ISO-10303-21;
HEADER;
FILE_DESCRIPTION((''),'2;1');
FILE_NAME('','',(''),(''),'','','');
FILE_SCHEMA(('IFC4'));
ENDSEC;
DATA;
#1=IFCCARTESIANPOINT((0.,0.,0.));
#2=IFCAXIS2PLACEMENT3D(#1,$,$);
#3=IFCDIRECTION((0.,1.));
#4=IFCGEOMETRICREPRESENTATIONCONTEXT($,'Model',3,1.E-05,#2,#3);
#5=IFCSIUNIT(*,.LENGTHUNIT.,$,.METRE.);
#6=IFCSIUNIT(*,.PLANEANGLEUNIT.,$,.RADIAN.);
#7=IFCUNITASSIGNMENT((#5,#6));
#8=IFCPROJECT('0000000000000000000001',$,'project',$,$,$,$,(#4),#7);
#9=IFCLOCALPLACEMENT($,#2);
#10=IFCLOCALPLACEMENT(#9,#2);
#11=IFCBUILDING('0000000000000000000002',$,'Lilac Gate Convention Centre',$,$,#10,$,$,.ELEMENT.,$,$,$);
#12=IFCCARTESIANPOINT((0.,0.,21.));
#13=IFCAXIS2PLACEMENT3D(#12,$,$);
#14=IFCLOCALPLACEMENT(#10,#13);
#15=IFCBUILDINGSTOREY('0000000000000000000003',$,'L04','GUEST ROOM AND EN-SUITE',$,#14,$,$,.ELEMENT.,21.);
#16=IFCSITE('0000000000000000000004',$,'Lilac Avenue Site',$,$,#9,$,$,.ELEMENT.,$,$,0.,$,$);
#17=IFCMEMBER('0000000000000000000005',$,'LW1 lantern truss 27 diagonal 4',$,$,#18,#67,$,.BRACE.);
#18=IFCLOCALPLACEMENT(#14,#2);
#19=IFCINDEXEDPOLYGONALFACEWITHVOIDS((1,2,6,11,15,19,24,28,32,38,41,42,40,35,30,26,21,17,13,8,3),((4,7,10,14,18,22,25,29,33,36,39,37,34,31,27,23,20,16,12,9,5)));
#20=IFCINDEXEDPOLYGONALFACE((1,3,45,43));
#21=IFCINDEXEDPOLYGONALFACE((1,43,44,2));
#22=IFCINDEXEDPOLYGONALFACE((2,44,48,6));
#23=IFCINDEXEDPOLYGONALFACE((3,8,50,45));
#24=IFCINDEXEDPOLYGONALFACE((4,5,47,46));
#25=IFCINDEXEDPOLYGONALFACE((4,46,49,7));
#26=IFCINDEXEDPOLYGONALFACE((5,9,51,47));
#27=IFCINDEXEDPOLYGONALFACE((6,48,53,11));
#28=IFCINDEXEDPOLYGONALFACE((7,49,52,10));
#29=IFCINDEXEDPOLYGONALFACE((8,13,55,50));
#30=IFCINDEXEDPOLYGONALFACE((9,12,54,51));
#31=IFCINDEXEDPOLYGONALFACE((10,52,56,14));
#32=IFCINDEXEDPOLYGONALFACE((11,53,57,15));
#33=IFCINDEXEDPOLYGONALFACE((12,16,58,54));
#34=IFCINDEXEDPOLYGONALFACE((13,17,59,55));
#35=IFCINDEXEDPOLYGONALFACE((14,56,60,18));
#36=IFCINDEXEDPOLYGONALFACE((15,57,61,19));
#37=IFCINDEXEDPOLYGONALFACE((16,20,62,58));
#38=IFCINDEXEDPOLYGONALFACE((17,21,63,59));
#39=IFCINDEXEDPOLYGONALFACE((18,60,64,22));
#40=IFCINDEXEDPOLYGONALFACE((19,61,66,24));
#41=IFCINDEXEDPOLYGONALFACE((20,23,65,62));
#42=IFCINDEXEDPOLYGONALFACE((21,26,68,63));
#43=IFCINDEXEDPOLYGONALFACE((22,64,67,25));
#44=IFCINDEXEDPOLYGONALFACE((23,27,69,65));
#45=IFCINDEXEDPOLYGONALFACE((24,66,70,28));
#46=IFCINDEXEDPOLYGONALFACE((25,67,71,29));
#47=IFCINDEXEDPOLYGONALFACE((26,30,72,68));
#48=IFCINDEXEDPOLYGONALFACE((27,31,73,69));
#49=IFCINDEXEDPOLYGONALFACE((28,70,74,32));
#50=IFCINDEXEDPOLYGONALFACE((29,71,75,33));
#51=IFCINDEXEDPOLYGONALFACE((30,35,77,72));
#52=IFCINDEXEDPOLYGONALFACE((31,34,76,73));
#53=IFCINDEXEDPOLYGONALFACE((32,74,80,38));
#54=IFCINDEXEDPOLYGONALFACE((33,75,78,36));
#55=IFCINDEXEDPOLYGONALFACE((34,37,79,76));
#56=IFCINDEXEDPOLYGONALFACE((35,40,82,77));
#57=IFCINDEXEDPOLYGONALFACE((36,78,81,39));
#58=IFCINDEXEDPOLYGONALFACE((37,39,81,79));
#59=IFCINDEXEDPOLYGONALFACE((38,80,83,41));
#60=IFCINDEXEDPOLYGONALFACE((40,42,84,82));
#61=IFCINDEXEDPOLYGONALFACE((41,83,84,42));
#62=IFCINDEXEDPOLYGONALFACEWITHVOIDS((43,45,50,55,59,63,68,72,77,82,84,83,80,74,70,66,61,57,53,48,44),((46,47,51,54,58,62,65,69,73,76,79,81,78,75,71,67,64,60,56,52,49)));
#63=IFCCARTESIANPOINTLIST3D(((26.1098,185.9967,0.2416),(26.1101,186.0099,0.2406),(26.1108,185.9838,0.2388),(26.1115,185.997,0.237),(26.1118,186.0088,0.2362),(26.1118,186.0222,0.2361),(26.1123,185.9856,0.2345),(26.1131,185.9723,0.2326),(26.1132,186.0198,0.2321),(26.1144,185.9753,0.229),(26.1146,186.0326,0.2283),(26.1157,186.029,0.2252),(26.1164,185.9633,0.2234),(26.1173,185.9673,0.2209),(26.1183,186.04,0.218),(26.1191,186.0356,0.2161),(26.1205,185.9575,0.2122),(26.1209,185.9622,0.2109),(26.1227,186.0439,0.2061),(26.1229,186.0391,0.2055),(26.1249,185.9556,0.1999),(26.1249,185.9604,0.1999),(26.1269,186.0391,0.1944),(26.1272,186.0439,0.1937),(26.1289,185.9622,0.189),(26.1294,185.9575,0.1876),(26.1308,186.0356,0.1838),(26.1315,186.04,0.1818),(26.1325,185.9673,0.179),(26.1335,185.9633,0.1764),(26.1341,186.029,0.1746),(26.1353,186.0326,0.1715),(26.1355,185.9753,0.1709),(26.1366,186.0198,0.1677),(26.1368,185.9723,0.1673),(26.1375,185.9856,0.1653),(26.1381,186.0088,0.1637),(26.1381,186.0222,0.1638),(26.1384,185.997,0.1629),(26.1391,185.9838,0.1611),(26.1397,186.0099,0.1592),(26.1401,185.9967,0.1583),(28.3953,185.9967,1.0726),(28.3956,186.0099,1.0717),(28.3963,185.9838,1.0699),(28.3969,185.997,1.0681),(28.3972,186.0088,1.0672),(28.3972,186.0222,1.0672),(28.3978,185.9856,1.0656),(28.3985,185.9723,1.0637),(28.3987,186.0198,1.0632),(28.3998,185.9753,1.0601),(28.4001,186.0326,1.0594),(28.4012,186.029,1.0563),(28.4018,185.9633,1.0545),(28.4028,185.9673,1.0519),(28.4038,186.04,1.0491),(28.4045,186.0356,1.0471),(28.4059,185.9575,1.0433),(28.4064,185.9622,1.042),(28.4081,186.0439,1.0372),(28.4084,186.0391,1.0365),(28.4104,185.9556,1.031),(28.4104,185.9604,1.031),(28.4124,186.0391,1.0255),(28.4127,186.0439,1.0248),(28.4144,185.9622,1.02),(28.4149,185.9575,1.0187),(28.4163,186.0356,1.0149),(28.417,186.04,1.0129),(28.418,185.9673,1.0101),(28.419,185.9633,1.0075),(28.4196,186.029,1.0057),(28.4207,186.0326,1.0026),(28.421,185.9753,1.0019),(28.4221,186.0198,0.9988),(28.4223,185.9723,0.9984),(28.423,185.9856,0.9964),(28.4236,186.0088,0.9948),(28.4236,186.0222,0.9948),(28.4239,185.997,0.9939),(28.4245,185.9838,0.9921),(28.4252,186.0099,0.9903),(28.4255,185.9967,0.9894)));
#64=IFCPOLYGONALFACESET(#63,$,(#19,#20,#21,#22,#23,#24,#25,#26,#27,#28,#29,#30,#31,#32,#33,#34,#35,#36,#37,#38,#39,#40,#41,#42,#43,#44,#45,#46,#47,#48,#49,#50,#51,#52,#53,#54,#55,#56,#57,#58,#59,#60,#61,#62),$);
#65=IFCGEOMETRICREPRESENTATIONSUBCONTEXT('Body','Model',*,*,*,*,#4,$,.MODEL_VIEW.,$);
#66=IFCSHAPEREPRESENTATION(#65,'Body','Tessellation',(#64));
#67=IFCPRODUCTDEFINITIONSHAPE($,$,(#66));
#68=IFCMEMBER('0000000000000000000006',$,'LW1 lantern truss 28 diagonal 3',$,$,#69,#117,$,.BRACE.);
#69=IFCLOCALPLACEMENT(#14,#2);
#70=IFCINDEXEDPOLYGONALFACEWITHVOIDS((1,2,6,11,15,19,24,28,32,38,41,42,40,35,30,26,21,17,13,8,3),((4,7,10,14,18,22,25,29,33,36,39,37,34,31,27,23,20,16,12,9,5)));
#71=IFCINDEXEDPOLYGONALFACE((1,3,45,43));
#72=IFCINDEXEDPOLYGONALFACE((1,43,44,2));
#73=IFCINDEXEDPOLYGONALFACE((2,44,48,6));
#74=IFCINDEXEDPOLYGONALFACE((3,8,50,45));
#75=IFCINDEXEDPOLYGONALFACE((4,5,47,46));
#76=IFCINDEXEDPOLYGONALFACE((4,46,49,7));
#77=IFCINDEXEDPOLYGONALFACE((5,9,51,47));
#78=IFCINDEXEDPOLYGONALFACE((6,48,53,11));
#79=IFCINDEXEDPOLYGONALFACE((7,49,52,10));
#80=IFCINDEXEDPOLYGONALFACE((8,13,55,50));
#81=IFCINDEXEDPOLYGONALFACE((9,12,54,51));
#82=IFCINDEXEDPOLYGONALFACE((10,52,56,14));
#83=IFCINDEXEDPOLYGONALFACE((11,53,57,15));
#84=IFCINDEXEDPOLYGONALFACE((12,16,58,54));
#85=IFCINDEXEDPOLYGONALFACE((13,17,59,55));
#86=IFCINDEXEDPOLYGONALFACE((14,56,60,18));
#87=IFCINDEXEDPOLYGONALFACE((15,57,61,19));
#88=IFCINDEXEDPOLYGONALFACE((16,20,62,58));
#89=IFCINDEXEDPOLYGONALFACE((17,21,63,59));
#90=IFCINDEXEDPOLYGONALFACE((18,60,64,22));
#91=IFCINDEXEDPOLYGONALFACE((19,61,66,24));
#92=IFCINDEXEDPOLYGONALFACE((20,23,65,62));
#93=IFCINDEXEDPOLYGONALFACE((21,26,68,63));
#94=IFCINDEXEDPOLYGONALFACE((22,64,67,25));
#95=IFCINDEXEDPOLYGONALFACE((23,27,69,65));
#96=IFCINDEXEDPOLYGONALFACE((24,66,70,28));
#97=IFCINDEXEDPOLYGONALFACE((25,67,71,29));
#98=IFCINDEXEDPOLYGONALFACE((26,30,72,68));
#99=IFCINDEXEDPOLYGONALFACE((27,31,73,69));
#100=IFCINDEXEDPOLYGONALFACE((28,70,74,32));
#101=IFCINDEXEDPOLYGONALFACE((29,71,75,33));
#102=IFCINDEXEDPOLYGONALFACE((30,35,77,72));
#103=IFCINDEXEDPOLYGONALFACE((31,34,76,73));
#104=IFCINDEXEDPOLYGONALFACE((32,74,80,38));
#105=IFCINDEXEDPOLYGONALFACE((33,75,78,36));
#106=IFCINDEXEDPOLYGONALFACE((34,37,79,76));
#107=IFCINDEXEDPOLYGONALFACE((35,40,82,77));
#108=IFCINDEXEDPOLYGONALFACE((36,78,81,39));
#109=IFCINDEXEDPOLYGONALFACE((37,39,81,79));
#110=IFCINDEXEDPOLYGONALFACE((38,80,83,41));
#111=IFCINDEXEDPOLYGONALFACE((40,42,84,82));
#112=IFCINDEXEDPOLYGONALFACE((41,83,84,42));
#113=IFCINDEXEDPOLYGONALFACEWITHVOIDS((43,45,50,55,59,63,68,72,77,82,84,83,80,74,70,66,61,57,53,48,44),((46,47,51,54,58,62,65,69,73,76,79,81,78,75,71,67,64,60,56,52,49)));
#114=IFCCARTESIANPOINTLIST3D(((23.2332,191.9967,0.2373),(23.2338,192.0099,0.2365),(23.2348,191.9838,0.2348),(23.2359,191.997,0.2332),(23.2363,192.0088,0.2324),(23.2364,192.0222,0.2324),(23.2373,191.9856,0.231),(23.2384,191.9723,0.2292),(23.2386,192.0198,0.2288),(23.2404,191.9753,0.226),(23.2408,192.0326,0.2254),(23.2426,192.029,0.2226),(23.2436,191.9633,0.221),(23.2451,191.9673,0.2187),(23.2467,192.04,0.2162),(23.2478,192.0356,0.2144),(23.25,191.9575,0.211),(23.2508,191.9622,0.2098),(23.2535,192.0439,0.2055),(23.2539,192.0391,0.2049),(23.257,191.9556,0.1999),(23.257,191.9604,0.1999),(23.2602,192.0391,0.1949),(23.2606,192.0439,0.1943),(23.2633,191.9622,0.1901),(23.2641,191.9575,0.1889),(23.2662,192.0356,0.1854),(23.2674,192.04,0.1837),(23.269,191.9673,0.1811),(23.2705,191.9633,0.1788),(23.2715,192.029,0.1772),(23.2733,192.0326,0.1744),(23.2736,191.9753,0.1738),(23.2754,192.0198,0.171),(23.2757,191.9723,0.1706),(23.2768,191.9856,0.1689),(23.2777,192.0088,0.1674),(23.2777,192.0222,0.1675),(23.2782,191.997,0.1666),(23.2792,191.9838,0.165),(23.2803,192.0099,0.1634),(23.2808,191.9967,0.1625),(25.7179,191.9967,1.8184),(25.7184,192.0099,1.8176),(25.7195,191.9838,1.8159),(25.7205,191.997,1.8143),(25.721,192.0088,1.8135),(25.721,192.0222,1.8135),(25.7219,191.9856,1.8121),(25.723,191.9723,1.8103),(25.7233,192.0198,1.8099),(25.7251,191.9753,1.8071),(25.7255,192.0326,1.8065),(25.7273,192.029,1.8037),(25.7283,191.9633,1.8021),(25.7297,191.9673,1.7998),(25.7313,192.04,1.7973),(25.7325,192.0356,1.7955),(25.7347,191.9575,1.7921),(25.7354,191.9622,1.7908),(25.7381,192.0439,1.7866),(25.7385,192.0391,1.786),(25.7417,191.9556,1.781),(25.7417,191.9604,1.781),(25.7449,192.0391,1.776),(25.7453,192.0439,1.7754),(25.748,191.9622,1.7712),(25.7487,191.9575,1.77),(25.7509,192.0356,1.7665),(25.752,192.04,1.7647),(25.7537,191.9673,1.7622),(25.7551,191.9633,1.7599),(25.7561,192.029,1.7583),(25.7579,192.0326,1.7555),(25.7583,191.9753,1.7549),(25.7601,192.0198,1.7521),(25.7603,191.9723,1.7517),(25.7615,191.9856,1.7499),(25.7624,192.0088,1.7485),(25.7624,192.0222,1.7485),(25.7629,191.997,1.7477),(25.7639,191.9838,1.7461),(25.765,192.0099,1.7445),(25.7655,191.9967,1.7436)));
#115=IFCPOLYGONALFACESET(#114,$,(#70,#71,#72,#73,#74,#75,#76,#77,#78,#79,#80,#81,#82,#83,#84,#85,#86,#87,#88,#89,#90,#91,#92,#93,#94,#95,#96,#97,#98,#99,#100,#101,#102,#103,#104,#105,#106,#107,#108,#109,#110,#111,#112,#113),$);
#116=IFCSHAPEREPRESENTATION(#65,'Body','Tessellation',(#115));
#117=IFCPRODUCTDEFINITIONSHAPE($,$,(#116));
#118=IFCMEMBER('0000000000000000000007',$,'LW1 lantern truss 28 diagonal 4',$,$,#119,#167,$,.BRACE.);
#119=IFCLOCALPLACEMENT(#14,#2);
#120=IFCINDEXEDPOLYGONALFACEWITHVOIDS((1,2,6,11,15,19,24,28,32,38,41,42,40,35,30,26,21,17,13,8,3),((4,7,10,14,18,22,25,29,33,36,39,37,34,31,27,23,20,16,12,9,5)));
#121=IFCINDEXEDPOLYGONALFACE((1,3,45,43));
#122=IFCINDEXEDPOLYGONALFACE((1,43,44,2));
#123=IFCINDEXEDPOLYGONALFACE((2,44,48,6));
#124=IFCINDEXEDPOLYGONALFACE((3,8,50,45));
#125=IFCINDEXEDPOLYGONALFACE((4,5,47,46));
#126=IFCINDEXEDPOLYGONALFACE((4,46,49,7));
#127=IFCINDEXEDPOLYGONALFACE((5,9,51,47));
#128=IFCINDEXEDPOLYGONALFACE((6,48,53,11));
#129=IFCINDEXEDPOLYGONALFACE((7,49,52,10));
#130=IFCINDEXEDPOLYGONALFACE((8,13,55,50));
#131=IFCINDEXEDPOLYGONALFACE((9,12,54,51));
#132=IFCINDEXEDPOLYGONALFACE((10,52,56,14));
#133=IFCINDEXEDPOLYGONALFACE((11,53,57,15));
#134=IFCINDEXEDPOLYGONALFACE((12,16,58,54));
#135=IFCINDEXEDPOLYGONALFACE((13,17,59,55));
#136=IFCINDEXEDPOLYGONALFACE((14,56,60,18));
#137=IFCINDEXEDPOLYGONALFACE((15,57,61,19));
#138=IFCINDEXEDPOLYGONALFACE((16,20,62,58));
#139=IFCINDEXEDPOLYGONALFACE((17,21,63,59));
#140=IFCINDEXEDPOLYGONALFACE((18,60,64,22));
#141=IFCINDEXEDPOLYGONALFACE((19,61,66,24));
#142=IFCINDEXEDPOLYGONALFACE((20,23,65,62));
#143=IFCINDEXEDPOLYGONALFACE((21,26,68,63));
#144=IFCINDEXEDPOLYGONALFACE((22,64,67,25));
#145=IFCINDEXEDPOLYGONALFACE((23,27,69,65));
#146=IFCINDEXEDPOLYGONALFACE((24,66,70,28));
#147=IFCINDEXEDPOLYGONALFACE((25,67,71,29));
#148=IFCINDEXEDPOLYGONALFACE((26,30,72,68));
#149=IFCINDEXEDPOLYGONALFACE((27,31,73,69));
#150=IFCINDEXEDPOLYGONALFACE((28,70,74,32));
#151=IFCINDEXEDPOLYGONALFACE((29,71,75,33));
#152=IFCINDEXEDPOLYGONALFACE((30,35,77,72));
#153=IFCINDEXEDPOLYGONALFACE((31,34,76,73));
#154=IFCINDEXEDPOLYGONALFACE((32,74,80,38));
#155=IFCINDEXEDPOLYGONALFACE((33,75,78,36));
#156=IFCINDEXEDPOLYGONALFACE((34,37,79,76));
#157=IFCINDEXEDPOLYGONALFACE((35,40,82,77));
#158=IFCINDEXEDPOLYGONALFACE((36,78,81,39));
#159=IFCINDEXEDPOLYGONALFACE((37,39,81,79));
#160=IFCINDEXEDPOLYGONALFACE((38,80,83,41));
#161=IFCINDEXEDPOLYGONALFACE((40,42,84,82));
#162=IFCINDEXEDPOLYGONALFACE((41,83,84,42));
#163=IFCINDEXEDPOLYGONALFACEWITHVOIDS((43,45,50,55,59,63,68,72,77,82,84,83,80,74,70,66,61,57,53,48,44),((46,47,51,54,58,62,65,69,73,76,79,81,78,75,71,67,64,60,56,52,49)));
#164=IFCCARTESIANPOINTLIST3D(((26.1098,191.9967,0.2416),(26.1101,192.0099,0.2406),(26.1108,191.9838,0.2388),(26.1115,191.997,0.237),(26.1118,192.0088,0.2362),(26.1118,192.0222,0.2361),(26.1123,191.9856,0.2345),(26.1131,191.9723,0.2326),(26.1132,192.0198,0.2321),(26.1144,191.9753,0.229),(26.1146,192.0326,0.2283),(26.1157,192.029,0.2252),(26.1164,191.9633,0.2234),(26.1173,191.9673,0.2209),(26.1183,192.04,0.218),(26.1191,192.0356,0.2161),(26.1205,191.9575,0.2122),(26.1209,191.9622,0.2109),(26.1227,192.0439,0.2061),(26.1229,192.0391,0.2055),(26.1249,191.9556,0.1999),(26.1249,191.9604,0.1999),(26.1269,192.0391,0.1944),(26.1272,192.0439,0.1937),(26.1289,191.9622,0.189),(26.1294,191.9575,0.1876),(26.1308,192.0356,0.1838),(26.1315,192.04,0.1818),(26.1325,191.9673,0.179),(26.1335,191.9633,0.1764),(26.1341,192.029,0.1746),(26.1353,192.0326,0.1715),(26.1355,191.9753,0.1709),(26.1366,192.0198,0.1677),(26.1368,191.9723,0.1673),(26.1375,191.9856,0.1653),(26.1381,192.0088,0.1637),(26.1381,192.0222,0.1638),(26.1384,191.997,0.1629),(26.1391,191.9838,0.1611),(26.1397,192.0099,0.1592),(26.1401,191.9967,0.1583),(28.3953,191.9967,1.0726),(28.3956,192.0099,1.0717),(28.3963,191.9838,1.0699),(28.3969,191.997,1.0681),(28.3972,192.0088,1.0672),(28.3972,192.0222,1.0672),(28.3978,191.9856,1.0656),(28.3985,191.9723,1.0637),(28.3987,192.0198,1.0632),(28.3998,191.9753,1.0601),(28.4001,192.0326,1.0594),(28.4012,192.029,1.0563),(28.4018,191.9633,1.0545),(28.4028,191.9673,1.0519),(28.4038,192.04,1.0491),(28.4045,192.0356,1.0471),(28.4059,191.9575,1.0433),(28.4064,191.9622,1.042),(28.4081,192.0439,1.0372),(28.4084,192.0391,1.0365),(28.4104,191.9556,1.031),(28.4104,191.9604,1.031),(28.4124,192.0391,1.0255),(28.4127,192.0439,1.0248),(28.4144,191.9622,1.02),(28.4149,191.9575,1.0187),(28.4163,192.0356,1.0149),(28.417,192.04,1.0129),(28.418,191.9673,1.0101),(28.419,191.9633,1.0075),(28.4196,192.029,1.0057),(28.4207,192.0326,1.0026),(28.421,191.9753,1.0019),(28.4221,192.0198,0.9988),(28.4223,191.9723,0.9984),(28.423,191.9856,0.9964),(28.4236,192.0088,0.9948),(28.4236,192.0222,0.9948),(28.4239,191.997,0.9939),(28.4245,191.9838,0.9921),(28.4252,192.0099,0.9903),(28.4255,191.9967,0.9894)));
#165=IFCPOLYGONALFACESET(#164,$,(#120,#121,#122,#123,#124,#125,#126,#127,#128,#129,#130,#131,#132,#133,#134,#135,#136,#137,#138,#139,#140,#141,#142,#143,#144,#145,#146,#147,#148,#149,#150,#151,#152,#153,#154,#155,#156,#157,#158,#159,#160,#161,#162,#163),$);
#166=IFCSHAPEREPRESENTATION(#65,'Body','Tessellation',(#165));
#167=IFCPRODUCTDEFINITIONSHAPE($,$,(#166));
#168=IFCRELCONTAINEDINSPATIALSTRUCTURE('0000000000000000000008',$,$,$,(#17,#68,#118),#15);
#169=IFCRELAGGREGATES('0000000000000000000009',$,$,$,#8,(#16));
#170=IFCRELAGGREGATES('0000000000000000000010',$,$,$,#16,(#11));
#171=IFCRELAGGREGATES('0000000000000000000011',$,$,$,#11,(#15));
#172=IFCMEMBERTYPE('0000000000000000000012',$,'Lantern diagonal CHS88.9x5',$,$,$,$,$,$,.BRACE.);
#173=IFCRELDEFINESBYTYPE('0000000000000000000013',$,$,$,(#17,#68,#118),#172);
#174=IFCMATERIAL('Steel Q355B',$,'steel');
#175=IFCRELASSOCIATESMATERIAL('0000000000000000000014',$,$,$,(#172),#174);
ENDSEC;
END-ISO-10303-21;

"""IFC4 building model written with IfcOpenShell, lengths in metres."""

from ifc_helpers import new_model, si_unit, direction, frame, origin, origin_2d, place, context, subcontext, project, spatial, hollow_circle, extrude, material, material_profile, profile_set, type_object, element, save


model = new_model("IFC4")

# Units and contexts
model_context = context("Model", 3, precision=1e-05, world=origin(), true_north=direction((0.0, 1.0)))
body_context = subcontext(model_context, "Body", "Model", "MODEL_VIEW")
ifc_project = project(units=[si_unit("LENGTHUNIT", "METRE"), si_unit("PLANEANGLEUNIT", "RADIAN")], contexts=[model_context])

# Site, building, storey
site_placement = place(None, origin())
site = spatial("IfcSite", under=ifc_project, at=site_placement, Name="Lilac Avenue Site", CompositionType="ELEMENT", RefElevation=0.0)
building_placement = place(site_placement, origin())
building = spatial("IfcBuilding", under=site, at=building_placement, Name="Lilac Gate Convention Centre", CompositionType="ELEMENT")
storey_placement = place(building_placement, frame((0.0, 0.0, 21.0)))
storey = spatial("IfcBuildingStorey", under=building, at=storey_placement, Name="L04", Description="GUEST ROOM AND EN-SUITE", CompositionType="ELEMENT", Elevation=21.0)

# Members
ifc_material_1 = material(Name="Steel Q355B", Category="steel")
ifc_material_profile_1 = material_profile(ifc_material_1, hollow_circle(Radius=0.0444, WallThickness=0.0049, at=origin_2d()), Name="CHS88.9x5")
ifc_profile_set_1 = profile_set([ifc_material_profile_1], Name="Steel Q355B")
member_type_1 = type_object("IfcMemberType", Name="Lantern diagonal CHS88.9x5", PredefinedType="BRACE", material=ifc_profile_set_1)
member_1_placement = place(storey_placement, frame((28.4104, 186.0, 1.031), z_axis=(-0.939793, 0.0, -0.341743), x_axis=(0.0, -1.0, 0.0)))
element("IfcMember", 1, at=member_1_placement, inside=storey, type_object=member_type_1, Name="LW1 lantern truss 27 diagonal 4", PredefinedType="BRACE", context=body_context, shape_type="SweptSolid", body=[
    extrude(hollow_circle(Radius=0.0444, WallThickness=0.0049, at=origin_2d()), origin(), (0.0, 0.0, 1.0), 2.4319),
])
member_2_placement = place(storey_placement, frame((25.7417, 192.0, 1.781), z_axis=(-0.843672, 0.0, -0.536859), x_axis=(0.0, -1.0, 0.0)))
element("IfcMember", 2, at=member_2_placement, inside=storey, type_object=member_type_1, Name="LW1 lantern truss 28 diagonal 3", PredefinedType="BRACE", context=body_context, shape_type="SweptSolid", body=[
    extrude(hollow_circle(Radius=0.0444, WallThickness=0.0049, at=origin_2d()), origin(), (0.0, 0.0, 1.0), 2.9451),
])
member_3_placement = place(storey_placement, frame((28.4104, 192.0, 1.031), z_axis=(-0.939793, 0.0, -0.341743), x_axis=(0.0, -1.0, 0.0)))
element("IfcMember", 3, at=member_3_placement, inside=storey, type_object=member_type_1, Name="LW1 lantern truss 28 diagonal 4", PredefinedType="BRACE", context=body_context, shape_type="SweptSolid", body=[
    extrude(hollow_circle(Radius=0.0444, WallThickness=0.0049, at=origin_2d()), origin(), (0.0, 0.0, 1.0), 2.4319),
])

save(model, "model.ifc")
